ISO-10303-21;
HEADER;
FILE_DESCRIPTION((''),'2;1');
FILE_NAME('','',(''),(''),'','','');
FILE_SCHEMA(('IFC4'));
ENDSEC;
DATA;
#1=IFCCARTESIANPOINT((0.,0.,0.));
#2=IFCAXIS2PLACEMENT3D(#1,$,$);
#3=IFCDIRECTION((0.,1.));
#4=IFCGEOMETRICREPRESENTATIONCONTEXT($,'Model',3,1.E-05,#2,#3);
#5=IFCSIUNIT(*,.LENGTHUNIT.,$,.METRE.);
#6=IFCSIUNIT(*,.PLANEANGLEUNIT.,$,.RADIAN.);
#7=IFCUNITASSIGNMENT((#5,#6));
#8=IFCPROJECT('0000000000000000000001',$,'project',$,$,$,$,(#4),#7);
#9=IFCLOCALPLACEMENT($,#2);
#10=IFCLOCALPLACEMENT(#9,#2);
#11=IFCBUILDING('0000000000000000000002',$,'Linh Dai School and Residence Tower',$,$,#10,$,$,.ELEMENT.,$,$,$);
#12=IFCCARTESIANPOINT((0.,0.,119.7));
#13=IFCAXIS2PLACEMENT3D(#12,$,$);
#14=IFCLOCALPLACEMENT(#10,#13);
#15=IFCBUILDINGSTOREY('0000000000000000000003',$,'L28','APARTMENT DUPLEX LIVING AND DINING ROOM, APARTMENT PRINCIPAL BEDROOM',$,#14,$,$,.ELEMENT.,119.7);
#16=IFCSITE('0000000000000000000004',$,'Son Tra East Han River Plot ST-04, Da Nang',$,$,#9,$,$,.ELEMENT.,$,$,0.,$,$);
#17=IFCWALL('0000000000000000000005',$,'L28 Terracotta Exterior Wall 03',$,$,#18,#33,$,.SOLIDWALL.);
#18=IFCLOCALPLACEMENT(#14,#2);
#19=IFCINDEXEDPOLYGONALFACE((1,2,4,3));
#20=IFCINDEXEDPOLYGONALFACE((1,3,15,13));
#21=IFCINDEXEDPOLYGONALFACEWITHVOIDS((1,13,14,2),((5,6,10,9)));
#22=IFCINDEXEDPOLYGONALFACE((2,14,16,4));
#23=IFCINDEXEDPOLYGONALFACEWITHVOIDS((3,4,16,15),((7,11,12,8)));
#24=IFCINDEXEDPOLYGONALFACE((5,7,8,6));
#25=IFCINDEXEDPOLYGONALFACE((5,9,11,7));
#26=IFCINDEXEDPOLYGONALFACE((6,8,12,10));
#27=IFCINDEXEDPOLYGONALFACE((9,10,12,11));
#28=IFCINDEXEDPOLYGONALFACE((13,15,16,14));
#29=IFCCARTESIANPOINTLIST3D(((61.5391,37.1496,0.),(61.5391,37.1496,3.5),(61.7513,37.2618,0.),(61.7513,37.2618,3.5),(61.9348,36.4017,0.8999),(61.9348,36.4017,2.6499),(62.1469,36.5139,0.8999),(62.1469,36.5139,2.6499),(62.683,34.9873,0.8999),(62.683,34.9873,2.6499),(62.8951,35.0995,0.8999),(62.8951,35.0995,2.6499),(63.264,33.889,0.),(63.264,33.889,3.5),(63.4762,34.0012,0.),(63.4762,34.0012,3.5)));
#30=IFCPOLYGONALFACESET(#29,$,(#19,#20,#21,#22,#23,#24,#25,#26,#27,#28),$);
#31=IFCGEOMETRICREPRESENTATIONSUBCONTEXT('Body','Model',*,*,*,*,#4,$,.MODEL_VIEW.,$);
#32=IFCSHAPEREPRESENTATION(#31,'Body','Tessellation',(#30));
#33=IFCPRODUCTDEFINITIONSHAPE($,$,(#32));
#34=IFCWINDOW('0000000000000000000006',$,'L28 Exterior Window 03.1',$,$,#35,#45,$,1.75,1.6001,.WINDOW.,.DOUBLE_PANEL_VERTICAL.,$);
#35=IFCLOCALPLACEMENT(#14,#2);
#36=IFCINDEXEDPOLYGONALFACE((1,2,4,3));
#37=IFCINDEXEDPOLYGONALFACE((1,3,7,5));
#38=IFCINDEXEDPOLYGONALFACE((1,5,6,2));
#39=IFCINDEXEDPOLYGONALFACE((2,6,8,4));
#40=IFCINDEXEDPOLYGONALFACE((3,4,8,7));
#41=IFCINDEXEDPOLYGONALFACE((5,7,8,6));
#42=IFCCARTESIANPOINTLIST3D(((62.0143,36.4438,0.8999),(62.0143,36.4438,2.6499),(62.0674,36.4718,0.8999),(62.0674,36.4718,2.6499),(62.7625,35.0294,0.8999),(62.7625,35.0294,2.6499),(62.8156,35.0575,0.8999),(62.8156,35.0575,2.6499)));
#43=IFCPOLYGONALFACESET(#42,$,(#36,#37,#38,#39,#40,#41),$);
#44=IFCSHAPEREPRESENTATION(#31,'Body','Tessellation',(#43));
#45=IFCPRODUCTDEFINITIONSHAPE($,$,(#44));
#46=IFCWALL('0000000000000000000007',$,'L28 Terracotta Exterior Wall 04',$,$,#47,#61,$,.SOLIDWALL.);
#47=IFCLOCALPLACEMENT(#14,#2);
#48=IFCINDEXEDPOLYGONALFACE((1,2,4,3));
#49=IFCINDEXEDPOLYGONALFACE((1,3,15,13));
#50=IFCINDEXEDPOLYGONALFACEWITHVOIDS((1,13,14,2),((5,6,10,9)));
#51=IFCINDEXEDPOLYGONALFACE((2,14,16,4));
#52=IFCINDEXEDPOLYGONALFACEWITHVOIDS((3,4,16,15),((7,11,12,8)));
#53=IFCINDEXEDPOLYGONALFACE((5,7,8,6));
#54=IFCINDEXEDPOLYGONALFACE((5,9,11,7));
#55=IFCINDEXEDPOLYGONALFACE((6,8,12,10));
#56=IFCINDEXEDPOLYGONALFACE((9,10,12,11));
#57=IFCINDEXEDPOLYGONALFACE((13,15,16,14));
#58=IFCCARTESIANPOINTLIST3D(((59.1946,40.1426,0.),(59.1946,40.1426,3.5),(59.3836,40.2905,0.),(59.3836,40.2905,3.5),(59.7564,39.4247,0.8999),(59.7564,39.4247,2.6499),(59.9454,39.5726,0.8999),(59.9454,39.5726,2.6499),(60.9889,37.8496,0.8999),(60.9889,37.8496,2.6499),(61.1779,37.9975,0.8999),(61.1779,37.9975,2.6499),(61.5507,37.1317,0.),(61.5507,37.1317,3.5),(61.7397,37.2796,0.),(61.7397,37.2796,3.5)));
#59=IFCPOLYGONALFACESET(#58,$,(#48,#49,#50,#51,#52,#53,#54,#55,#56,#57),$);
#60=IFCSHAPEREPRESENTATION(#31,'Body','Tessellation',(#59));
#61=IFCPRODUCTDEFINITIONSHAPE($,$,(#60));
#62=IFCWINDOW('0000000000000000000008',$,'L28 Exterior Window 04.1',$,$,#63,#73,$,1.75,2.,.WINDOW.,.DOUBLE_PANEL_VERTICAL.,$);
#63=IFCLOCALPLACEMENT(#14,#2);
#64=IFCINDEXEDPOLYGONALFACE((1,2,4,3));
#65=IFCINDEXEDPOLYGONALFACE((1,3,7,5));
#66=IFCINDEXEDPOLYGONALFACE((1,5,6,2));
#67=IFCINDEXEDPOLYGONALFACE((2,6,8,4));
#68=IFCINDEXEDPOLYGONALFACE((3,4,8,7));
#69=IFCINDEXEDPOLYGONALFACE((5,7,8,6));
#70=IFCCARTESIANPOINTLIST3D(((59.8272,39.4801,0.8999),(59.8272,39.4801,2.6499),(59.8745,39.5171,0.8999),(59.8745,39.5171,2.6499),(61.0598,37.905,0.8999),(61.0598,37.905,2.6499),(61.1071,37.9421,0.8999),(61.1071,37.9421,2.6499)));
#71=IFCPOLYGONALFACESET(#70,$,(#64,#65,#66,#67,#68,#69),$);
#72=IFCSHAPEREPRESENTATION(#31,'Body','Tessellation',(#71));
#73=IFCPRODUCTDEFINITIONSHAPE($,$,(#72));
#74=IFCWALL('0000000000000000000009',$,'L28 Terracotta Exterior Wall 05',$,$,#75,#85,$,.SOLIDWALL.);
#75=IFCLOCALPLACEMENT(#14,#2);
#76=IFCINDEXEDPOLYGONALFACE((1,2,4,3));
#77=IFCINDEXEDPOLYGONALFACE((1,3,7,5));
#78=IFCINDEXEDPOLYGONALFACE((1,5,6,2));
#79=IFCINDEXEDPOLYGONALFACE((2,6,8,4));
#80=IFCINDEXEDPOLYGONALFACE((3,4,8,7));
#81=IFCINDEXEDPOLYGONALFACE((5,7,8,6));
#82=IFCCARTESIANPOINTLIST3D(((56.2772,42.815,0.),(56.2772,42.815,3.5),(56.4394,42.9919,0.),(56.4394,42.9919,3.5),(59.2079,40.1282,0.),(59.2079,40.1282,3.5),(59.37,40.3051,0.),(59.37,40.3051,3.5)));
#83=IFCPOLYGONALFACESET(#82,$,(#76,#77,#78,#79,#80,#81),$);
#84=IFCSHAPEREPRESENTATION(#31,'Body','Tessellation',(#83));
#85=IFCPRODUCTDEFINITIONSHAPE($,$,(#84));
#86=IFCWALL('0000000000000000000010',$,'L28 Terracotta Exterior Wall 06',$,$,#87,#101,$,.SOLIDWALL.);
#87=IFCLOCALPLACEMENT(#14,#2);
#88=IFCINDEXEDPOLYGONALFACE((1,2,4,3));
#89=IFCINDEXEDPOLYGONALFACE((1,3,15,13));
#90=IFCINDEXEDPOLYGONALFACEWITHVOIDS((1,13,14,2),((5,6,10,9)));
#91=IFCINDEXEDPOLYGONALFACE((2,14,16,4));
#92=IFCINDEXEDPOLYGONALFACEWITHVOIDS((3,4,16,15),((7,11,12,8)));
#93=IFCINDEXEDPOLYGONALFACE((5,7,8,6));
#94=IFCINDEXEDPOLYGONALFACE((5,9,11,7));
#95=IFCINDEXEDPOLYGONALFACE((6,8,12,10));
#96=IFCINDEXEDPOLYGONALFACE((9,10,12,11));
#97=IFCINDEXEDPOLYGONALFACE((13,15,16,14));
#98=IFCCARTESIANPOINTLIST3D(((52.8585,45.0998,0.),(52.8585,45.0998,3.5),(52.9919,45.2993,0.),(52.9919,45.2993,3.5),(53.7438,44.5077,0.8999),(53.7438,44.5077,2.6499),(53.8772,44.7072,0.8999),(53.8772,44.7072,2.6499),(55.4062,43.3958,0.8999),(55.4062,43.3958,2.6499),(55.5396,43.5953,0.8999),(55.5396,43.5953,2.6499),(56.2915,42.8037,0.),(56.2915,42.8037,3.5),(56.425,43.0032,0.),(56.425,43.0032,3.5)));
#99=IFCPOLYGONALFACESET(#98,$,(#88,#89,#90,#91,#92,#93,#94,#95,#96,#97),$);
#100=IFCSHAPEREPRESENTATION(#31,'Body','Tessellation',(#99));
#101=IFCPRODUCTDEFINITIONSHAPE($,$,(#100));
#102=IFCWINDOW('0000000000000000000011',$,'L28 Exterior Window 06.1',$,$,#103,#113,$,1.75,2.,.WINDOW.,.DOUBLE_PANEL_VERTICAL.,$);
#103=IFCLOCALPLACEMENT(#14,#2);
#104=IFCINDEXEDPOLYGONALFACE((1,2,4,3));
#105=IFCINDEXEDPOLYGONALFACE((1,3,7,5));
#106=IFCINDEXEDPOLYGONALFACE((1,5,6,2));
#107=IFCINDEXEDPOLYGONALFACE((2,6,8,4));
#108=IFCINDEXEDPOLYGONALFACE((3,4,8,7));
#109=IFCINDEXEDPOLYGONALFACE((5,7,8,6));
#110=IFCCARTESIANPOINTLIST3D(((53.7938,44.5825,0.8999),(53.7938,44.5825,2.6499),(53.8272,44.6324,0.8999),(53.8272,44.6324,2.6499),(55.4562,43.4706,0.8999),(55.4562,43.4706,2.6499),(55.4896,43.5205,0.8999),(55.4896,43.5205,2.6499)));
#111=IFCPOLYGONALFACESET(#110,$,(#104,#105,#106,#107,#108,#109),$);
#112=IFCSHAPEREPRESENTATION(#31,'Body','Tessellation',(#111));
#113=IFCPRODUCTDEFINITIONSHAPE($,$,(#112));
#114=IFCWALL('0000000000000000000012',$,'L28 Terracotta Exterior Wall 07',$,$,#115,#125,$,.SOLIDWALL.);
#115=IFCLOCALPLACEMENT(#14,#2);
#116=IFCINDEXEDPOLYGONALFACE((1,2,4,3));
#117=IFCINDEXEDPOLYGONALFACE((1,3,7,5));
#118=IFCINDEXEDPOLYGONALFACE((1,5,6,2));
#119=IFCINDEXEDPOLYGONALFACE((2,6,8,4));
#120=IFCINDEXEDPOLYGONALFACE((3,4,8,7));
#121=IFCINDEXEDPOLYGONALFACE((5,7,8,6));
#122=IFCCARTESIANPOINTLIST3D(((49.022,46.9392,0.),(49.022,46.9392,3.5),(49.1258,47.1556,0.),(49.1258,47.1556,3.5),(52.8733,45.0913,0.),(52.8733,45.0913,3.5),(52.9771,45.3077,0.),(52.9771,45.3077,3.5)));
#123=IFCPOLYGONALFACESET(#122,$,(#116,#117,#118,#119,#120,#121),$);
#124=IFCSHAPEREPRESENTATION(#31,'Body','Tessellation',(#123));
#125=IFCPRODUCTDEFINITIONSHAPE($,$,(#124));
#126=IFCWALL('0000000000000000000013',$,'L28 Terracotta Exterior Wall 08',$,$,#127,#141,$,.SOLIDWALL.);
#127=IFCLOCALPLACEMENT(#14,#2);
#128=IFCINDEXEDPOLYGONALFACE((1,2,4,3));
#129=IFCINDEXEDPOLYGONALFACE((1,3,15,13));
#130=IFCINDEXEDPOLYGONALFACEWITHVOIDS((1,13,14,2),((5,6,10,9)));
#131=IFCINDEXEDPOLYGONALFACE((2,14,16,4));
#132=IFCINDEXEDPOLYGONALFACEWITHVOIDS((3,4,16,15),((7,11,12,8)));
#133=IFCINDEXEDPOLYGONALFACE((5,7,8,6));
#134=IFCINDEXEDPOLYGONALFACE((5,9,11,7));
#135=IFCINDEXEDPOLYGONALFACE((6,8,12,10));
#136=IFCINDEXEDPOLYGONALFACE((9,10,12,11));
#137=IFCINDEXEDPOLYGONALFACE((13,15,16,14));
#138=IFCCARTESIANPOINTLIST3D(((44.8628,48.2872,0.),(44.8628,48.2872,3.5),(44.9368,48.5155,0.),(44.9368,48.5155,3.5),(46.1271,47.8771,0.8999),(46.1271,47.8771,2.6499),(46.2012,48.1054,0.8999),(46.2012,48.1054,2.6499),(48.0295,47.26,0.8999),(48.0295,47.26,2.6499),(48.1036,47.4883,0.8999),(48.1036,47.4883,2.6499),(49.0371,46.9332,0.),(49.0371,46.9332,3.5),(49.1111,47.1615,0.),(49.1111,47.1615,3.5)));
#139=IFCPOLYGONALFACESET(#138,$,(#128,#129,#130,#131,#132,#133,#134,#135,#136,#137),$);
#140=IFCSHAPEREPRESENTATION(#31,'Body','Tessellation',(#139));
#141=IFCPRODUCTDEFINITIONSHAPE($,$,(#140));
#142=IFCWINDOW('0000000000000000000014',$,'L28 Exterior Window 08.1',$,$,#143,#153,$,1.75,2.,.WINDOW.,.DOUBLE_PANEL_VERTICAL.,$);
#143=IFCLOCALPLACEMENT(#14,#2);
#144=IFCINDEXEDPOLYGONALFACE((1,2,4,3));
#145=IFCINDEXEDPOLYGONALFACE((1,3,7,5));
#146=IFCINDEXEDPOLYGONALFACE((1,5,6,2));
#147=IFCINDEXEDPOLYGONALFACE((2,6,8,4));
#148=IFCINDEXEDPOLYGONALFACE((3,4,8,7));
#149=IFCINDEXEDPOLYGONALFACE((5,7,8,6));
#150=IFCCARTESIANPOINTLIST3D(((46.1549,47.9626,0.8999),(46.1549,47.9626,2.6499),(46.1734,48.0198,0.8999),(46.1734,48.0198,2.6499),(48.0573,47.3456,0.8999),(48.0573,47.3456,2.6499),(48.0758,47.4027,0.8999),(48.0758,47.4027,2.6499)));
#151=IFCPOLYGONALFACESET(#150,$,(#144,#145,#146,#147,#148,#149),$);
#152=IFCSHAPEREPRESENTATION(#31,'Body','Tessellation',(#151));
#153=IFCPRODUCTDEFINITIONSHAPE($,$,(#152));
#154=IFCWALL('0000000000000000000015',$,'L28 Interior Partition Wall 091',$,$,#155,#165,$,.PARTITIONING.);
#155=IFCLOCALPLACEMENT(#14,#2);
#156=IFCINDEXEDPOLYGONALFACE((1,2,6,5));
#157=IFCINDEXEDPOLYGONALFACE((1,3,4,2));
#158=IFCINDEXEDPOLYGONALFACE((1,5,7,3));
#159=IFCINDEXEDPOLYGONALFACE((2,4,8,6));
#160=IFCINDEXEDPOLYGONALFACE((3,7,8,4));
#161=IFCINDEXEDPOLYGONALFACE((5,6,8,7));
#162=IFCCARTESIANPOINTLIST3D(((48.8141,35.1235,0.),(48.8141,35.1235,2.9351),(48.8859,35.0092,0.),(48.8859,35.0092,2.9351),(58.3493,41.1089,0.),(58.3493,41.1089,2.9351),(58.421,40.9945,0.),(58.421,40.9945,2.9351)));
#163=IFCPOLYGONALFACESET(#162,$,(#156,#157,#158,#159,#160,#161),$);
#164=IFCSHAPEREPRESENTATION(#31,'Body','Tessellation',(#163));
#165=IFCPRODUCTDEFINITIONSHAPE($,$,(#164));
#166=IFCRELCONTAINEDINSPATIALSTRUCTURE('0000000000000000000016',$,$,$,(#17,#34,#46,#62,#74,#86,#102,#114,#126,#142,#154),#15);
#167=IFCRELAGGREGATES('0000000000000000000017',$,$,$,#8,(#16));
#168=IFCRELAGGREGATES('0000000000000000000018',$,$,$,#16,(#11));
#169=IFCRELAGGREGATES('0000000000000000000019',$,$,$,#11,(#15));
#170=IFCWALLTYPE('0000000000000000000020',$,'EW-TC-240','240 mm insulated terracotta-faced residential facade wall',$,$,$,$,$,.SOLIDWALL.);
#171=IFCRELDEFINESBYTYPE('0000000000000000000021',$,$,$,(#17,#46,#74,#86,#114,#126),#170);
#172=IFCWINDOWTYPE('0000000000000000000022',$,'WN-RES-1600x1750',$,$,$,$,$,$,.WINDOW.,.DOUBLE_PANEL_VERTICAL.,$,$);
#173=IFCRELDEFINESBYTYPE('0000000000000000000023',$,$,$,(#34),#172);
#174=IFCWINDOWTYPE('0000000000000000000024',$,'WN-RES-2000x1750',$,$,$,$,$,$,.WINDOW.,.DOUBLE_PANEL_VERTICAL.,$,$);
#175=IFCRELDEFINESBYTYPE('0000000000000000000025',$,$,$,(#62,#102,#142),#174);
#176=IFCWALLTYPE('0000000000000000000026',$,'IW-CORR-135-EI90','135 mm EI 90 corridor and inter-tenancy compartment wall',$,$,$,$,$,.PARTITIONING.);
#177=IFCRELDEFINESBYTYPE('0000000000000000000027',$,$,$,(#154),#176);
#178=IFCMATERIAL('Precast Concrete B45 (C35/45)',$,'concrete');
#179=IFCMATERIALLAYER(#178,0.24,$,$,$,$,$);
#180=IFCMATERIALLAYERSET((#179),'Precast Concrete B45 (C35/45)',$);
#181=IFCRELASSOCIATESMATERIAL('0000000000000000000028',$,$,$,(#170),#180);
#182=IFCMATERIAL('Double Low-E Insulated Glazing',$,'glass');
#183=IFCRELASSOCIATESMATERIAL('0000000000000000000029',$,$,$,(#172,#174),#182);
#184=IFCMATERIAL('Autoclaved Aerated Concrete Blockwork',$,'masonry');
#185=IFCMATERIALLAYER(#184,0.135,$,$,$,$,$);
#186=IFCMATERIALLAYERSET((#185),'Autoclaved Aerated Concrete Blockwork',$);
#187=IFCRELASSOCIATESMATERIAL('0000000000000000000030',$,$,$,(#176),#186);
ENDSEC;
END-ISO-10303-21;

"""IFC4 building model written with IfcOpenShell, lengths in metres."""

from ifc_helpers import new_model, si_unit, direction, frame, frame_2d, origin, origin_2d, place, context, subcontext, project, spatial, rectangle, extrude, source, transform, mapped, material, layer, layer_set, type_object, element, fill, save


model = new_model("IFC4")

# Units and contexts
model_context = context("Model", 3, precision=1e-05, world=origin(), true_north=direction((0.0, 1.0)))
body_context = subcontext(model_context, "Body", "Model", "MODEL_VIEW")
ifc_project = project(units=[si_unit("LENGTHUNIT", "METRE"), si_unit("PLANEANGLEUNIT", "RADIAN")], contexts=[model_context])

# Site, building, storey
site_placement = place(None, origin())
site = spatial("IfcSite", under=ifc_project, at=site_placement, Name="Son Tra East Han River Plot ST-04, Da Nang", CompositionType="ELEMENT", RefElevation=0.0)
building_placement = place(site_placement, origin())
building = spatial("IfcBuilding", under=site, at=building_placement, Name="Linh Dai School and Residence Tower", CompositionType="ELEMENT")
storey_placement = place(building_placement, frame((0.0, 0.0, 119.7)))
storey = spatial("IfcBuildingStorey", under=building, at=storey_placement, Name="L28", Description="APARTMENT DUPLEX LIVING AND DINING ROOM, APARTMENT PRINCIPAL BEDROOM", CompositionType="ELEMENT", Elevation=119.7)

# Shared definitions
ifc_material_1 = material(Name="Precast Concrete B45 (C35/45)", Category="concrete")

# Shared definitions
ifc_layer_1 = layer(ifc_material_1, 0.24)
ifc_layer_set_1 = layer_set([ifc_layer_1], Name="Precast Concrete B45 (C35/45)")
wall_type_1 = type_object("IfcWallType", Name="EW-TC-240", Description="240 mm insulated terracotta-faced residential facade wall", PredefinedType="SOLIDWALL", material=ifc_layer_set_1)

# Walls, openings, windows
wall_1_placement = place(storey_placement, frame((61.6453, 37.2056, 0.0), z_axis=(0.0, 0.0, 1.0), x_axis=(0.467614, -0.883933, 0.0)))
wall_1 = element("IfcWall", 1, at=wall_1_placement, inside=storey, type_object=wall_type_1, Name="L28 Terracotta Exterior Wall 03", PredefinedType="SOLIDWALL", context=body_context, shape_type="SweptSolid", body=[
    extrude(rectangle(XDim=3.6887, YDim=0.24, at=frame_2d((1.8442, 0.0))), origin(), (0.0, 0.0, 1.0), 3.5),
])
opening_1_placement = place(wall_1_placement, frame((0.8459, 0.0, 0.8999)))
opening_1 = element("IfcOpeningElement", 2, at=opening_1_placement, cuts=wall_1, PredefinedType="OPENING", context=body_context, shape_type="SweptSolid", body=[
    extrude(rectangle(XDim=1.6001, YDim=1.75, at=origin_2d()), frame((0.8, 0.1299, 0.875), z_axis=(0.0, -1.0, 0.0), x_axis=(1.0, 0.0, 0.0)), (0.0, 0.0, 1.0), 0.26),
])
ifc_material_2 = material(Name="Double Low-E Insulated Glazing", Category="glass")
window_type_1 = type_object("IfcWindowType", Name="WN-RES-1600x1750", PartitioningType="DOUBLE_PANEL_VERTICAL", PredefinedType="WINDOW", material=ifc_material_2)
shared_shape_1 = source(origin(), body_context, "Body", "SweptSolid", [
    extrude(rectangle(XDim=1.6001, YDim=1.75, at=origin_2d()), frame((0.8, 0.03, 0.875), z_axis=(0.0, -1.0, 0.0), x_axis=(1.0, 0.0, 0.0)), (0.0, 0.0, 1.0), 0.0601),
])
window_1_placement = place(opening_1_placement, origin())
window_1 = element("IfcWindow", 3, at=window_1_placement, inside=storey, type_object=window_type_1, Name="L28 Exterior Window 03.1", OverallHeight=1.75, OverallWidth=1.6001, PartitioningType="DOUBLE_PANEL_VERTICAL", PredefinedType="WINDOW", context=body_context, shape_type="MappedRepresentation", body=[
    mapped(shared_shape_1, transform((0.0, 0.0, 0.0), x_axis=(1.0, 0.0, 0.0), y_axis=(0.0, 1.0, 0.0), z_axis=(0.0, 0.0, 1.0), scale=1.0)),
])
fill(opening_1, window_1)
wall_2_placement = place(storey_placement, frame((59.2891, 40.2166, 0.0), z_axis=(0.0, 0.0, 1.0), x_axis=(0.616272, -0.787533, 0.0)))
wall_2 = element("IfcWall", 4, at=wall_2_placement, inside=storey, type_object=wall_type_1, Name="L28 Terracotta Exterior Wall 04", PredefinedType="SOLIDWALL", context=body_context, shape_type="SweptSolid", body=[
    extrude(rectangle(XDim=3.8232, YDim=0.24, at=frame_2d((1.9116, 0.0))), origin(), (0.0, 0.0, 1.0), 3.5),
])
opening_2_placement = place(wall_2_placement, frame((0.9116, 0.0, 0.8999)))
opening_2 = element("IfcOpeningElement", 5, at=opening_2_placement, cuts=wall_2, PredefinedType="OPENING", context=body_context, shape_type="SweptSolid", body=[
    extrude(rectangle(XDim=2.0, YDim=1.75, at=origin_2d()), frame((1.0, 0.1299, 0.875), z_axis=(0.0, -1.0, 0.0), x_axis=(1.0, 0.0, 0.0)), (0.0, 0.0, 1.0), 0.26),
])
window_type_2 = type_object("IfcWindowType", Name="WN-RES-2000x1750", PartitioningType="DOUBLE_PANEL_VERTICAL", PredefinedType="WINDOW", material=ifc_material_2)
shared_shape_2 = source(origin(), body_context, "Body", "SweptSolid", [
    extrude(rectangle(XDim=2.0, YDim=1.75, at=origin_2d()), frame((1.0, 0.03, 0.875), z_axis=(0.0, -1.0, 0.0), x_axis=(1.0, 0.0, 0.0)), (0.0, 0.0, 1.0), 0.0601),
])
window_2_placement = place(opening_2_placement, origin())
window_2 = element("IfcWindow", 6, at=window_2_placement, inside=storey, type_object=window_type_2, Name="L28 Exterior Window 04.1", OverallHeight=1.75, OverallWidth=2.0, PartitioningType="DOUBLE_PANEL_VERTICAL", PredefinedType="WINDOW", context=body_context, shape_type="MappedRepresentation", body=[
    mapped(shared_shape_2, transform((0.0, 0.0, 0.0), x_axis=(1.0, 0.0, 0.0), y_axis=(0.0, 1.0, 0.0), z_axis=(0.0, 0.0, 1.0), scale=1.0)),
])
fill(opening_2, window_2)

# Wall
wall_3_placement = place(storey_placement, frame((56.3584, 42.9033, 0.0), z_axis=(0.0, 0.0, 1.0), x_axis=(0.737113, -0.675769, 0.0)))
element("IfcWall", 7, at=wall_3_placement, inside=storey, type_object=wall_type_1, Name="L28 Terracotta Exterior Wall 05", PredefinedType="SOLIDWALL", context=body_context, shape_type="SweptSolid", body=[
    extrude(rectangle(XDim=3.9758, YDim=0.24, at=frame_2d((1.9878, 0.0))), origin(), (0.0, 0.0, 1.0), 3.5),
])

# Wall, opening, window
wall_4_placement = place(storey_placement, frame((52.9253, 45.1995, 0.0), z_axis=(0.0, 0.0, 1.0), x_axis=(0.831222, -0.555941, 0.0)))
wall_4 = element("IfcWall", 8, at=wall_4_placement, inside=storey, type_object=wall_type_1, Name="L28 Terracotta Exterior Wall 06", PredefinedType="SOLIDWALL", context=body_context, shape_type="SweptSolid", body=[
    extrude(rectangle(XDim=4.1301, YDim=0.24, at=frame_2d((2.0649, 0.0))), origin(), (0.0, 0.0, 1.0), 3.5),
])
opening_3_placement = place(wall_4_placement, frame((1.0649, 0.0, 0.8999)))
opening_3 = element("IfcOpeningElement", 9, at=opening_3_placement, cuts=wall_4, PredefinedType="OPENING", context=body_context, shape_type="SweptSolid", body=[
    extrude(rectangle(XDim=2.0, YDim=1.75, at=origin_2d()), frame((1.0, 0.1299, 0.875), z_axis=(0.0, -1.0, 0.0), x_axis=(1.0, 0.0, 0.0)), (0.0, 0.0, 1.0), 0.26),
])
window_3_placement = place(opening_3_placement, origin())
window_3 = element("IfcWindow", 10, at=window_3_placement, inside=storey, type_object=window_type_2, Name="L28 Exterior Window 06.1", OverallHeight=1.75, OverallWidth=2.0, PartitioningType="DOUBLE_PANEL_VERTICAL", PredefinedType="WINDOW", context=body_context, shape_type="MappedRepresentation", body=[
    mapped(shared_shape_2, transform((0.0, 0.0, 0.0), x_axis=(1.0, 0.0, 0.0), y_axis=(0.0, 1.0, 0.0), z_axis=(0.0, 0.0, 1.0), scale=1.0)),
])
fill(opening_3, window_3)

# Wall
wall_5_placement = place(storey_placement, frame((49.074, 47.0474, 0.0), z_axis=(0.0, 0.0, 1.0), x_axis=(0.90159, -0.432592, 0.0)))
element("IfcWall", 11, at=wall_5_placement, inside=storey, type_object=wall_type_1, Name="L28 Terracotta Exterior Wall 07", PredefinedType="SOLIDWALL", context=body_context, shape_type="SweptSolid", body=[
    extrude(rectangle(XDim=4.2717, YDim=0.24, at=frame_2d((2.1357, 0.0))), origin(), (0.0, 0.0, 1.0), 3.5),
])

# Wall, opening, window
wall_6_placement = place(storey_placement, frame((44.8997, 48.4014, 0.0), z_axis=(0.0, 0.0, 1.0), x_axis=(0.951211, -0.30854, 0.0)))
wall_6 = element("IfcWall", 12, at=wall_6_placement, inside=storey, type_object=wall_type_1, Name="L28 Terracotta Exterior Wall 08", PredefinedType="SOLIDWALL", context=body_context, shape_type="SweptSolid", body=[
    extrude(rectangle(XDim=4.3884, YDim=0.24, at=frame_2d((2.1943, 0.0))), origin(), (0.0, 0.0, 1.0), 3.5),
])
opening_4_placement = place(wall_6_placement, frame((1.3293, 0.0, 0.8999)))
opening_4 = element("IfcOpeningElement", 13, at=opening_4_placement, cuts=wall_6, PredefinedType="OPENING", context=body_context, shape_type="SweptSolid", body=[
    extrude(rectangle(XDim=2.0, YDim=1.75, at=origin_2d()), frame((1.0, 0.1299, 0.875), z_axis=(0.0, -1.0, 0.0), x_axis=(1.0, 0.0, 0.0)), (0.0, 0.0, 1.0), 0.26),
])
window_4_placement = place(opening_4_placement, origin())
window_4 = element("IfcWindow", 14, at=window_4_placement, inside=storey, type_object=window_type_2, Name="L28 Exterior Window 08.1", OverallHeight=1.75, OverallWidth=2.0, PartitioningType="DOUBLE_PANEL_VERTICAL", PredefinedType="WINDOW", context=body_context, shape_type="MappedRepresentation", body=[
    mapped(shared_shape_2, transform((0.0, 0.0, 0.0), x_axis=(1.0, 0.0, 0.0), y_axis=(0.0, 1.0, 0.0), z_axis=(0.0, 0.0, 1.0), scale=1.0)),
])
fill(opening_4, window_4)

# Wall
ifc_material_3 = material(Name="Autoclaved Aerated Concrete Blockwork", Category="masonry")
ifc_layer_2 = layer(ifc_material_3, 0.135)
ifc_layer_set_2 = layer_set([ifc_layer_2], Name="Autoclaved Aerated Concrete Blockwork")
wall_type_2 = type_object("IfcWallType", Name="IW-CORR-135-EI90", Description="135 mm EI 90 corridor and inter-tenancy compartment wall", PredefinedType="PARTITIONING", material=ifc_layer_set_2)
wall_7_placement = place(storey_placement, frame((48.8501, 35.0664, 0.0), z_axis=(0.0, 0.0, 1.0), x_axis=(0.846964, 0.531651, 0.0)))
element("IfcWall", 15, at=wall_7_placement, inside=storey, type_object=wall_type_2, Name="L28 Interior Partition Wall 091", PredefinedType="PARTITIONING", context=body_context, shape_type="SweptSolid", body=[
    extrude(rectangle(XDim=11.2581, YDim=0.135, at=frame_2d((5.6289, 0.0))), origin(), (0.0, 0.0, 1.0), 2.9351),
])

save(model, "model.ifc")
